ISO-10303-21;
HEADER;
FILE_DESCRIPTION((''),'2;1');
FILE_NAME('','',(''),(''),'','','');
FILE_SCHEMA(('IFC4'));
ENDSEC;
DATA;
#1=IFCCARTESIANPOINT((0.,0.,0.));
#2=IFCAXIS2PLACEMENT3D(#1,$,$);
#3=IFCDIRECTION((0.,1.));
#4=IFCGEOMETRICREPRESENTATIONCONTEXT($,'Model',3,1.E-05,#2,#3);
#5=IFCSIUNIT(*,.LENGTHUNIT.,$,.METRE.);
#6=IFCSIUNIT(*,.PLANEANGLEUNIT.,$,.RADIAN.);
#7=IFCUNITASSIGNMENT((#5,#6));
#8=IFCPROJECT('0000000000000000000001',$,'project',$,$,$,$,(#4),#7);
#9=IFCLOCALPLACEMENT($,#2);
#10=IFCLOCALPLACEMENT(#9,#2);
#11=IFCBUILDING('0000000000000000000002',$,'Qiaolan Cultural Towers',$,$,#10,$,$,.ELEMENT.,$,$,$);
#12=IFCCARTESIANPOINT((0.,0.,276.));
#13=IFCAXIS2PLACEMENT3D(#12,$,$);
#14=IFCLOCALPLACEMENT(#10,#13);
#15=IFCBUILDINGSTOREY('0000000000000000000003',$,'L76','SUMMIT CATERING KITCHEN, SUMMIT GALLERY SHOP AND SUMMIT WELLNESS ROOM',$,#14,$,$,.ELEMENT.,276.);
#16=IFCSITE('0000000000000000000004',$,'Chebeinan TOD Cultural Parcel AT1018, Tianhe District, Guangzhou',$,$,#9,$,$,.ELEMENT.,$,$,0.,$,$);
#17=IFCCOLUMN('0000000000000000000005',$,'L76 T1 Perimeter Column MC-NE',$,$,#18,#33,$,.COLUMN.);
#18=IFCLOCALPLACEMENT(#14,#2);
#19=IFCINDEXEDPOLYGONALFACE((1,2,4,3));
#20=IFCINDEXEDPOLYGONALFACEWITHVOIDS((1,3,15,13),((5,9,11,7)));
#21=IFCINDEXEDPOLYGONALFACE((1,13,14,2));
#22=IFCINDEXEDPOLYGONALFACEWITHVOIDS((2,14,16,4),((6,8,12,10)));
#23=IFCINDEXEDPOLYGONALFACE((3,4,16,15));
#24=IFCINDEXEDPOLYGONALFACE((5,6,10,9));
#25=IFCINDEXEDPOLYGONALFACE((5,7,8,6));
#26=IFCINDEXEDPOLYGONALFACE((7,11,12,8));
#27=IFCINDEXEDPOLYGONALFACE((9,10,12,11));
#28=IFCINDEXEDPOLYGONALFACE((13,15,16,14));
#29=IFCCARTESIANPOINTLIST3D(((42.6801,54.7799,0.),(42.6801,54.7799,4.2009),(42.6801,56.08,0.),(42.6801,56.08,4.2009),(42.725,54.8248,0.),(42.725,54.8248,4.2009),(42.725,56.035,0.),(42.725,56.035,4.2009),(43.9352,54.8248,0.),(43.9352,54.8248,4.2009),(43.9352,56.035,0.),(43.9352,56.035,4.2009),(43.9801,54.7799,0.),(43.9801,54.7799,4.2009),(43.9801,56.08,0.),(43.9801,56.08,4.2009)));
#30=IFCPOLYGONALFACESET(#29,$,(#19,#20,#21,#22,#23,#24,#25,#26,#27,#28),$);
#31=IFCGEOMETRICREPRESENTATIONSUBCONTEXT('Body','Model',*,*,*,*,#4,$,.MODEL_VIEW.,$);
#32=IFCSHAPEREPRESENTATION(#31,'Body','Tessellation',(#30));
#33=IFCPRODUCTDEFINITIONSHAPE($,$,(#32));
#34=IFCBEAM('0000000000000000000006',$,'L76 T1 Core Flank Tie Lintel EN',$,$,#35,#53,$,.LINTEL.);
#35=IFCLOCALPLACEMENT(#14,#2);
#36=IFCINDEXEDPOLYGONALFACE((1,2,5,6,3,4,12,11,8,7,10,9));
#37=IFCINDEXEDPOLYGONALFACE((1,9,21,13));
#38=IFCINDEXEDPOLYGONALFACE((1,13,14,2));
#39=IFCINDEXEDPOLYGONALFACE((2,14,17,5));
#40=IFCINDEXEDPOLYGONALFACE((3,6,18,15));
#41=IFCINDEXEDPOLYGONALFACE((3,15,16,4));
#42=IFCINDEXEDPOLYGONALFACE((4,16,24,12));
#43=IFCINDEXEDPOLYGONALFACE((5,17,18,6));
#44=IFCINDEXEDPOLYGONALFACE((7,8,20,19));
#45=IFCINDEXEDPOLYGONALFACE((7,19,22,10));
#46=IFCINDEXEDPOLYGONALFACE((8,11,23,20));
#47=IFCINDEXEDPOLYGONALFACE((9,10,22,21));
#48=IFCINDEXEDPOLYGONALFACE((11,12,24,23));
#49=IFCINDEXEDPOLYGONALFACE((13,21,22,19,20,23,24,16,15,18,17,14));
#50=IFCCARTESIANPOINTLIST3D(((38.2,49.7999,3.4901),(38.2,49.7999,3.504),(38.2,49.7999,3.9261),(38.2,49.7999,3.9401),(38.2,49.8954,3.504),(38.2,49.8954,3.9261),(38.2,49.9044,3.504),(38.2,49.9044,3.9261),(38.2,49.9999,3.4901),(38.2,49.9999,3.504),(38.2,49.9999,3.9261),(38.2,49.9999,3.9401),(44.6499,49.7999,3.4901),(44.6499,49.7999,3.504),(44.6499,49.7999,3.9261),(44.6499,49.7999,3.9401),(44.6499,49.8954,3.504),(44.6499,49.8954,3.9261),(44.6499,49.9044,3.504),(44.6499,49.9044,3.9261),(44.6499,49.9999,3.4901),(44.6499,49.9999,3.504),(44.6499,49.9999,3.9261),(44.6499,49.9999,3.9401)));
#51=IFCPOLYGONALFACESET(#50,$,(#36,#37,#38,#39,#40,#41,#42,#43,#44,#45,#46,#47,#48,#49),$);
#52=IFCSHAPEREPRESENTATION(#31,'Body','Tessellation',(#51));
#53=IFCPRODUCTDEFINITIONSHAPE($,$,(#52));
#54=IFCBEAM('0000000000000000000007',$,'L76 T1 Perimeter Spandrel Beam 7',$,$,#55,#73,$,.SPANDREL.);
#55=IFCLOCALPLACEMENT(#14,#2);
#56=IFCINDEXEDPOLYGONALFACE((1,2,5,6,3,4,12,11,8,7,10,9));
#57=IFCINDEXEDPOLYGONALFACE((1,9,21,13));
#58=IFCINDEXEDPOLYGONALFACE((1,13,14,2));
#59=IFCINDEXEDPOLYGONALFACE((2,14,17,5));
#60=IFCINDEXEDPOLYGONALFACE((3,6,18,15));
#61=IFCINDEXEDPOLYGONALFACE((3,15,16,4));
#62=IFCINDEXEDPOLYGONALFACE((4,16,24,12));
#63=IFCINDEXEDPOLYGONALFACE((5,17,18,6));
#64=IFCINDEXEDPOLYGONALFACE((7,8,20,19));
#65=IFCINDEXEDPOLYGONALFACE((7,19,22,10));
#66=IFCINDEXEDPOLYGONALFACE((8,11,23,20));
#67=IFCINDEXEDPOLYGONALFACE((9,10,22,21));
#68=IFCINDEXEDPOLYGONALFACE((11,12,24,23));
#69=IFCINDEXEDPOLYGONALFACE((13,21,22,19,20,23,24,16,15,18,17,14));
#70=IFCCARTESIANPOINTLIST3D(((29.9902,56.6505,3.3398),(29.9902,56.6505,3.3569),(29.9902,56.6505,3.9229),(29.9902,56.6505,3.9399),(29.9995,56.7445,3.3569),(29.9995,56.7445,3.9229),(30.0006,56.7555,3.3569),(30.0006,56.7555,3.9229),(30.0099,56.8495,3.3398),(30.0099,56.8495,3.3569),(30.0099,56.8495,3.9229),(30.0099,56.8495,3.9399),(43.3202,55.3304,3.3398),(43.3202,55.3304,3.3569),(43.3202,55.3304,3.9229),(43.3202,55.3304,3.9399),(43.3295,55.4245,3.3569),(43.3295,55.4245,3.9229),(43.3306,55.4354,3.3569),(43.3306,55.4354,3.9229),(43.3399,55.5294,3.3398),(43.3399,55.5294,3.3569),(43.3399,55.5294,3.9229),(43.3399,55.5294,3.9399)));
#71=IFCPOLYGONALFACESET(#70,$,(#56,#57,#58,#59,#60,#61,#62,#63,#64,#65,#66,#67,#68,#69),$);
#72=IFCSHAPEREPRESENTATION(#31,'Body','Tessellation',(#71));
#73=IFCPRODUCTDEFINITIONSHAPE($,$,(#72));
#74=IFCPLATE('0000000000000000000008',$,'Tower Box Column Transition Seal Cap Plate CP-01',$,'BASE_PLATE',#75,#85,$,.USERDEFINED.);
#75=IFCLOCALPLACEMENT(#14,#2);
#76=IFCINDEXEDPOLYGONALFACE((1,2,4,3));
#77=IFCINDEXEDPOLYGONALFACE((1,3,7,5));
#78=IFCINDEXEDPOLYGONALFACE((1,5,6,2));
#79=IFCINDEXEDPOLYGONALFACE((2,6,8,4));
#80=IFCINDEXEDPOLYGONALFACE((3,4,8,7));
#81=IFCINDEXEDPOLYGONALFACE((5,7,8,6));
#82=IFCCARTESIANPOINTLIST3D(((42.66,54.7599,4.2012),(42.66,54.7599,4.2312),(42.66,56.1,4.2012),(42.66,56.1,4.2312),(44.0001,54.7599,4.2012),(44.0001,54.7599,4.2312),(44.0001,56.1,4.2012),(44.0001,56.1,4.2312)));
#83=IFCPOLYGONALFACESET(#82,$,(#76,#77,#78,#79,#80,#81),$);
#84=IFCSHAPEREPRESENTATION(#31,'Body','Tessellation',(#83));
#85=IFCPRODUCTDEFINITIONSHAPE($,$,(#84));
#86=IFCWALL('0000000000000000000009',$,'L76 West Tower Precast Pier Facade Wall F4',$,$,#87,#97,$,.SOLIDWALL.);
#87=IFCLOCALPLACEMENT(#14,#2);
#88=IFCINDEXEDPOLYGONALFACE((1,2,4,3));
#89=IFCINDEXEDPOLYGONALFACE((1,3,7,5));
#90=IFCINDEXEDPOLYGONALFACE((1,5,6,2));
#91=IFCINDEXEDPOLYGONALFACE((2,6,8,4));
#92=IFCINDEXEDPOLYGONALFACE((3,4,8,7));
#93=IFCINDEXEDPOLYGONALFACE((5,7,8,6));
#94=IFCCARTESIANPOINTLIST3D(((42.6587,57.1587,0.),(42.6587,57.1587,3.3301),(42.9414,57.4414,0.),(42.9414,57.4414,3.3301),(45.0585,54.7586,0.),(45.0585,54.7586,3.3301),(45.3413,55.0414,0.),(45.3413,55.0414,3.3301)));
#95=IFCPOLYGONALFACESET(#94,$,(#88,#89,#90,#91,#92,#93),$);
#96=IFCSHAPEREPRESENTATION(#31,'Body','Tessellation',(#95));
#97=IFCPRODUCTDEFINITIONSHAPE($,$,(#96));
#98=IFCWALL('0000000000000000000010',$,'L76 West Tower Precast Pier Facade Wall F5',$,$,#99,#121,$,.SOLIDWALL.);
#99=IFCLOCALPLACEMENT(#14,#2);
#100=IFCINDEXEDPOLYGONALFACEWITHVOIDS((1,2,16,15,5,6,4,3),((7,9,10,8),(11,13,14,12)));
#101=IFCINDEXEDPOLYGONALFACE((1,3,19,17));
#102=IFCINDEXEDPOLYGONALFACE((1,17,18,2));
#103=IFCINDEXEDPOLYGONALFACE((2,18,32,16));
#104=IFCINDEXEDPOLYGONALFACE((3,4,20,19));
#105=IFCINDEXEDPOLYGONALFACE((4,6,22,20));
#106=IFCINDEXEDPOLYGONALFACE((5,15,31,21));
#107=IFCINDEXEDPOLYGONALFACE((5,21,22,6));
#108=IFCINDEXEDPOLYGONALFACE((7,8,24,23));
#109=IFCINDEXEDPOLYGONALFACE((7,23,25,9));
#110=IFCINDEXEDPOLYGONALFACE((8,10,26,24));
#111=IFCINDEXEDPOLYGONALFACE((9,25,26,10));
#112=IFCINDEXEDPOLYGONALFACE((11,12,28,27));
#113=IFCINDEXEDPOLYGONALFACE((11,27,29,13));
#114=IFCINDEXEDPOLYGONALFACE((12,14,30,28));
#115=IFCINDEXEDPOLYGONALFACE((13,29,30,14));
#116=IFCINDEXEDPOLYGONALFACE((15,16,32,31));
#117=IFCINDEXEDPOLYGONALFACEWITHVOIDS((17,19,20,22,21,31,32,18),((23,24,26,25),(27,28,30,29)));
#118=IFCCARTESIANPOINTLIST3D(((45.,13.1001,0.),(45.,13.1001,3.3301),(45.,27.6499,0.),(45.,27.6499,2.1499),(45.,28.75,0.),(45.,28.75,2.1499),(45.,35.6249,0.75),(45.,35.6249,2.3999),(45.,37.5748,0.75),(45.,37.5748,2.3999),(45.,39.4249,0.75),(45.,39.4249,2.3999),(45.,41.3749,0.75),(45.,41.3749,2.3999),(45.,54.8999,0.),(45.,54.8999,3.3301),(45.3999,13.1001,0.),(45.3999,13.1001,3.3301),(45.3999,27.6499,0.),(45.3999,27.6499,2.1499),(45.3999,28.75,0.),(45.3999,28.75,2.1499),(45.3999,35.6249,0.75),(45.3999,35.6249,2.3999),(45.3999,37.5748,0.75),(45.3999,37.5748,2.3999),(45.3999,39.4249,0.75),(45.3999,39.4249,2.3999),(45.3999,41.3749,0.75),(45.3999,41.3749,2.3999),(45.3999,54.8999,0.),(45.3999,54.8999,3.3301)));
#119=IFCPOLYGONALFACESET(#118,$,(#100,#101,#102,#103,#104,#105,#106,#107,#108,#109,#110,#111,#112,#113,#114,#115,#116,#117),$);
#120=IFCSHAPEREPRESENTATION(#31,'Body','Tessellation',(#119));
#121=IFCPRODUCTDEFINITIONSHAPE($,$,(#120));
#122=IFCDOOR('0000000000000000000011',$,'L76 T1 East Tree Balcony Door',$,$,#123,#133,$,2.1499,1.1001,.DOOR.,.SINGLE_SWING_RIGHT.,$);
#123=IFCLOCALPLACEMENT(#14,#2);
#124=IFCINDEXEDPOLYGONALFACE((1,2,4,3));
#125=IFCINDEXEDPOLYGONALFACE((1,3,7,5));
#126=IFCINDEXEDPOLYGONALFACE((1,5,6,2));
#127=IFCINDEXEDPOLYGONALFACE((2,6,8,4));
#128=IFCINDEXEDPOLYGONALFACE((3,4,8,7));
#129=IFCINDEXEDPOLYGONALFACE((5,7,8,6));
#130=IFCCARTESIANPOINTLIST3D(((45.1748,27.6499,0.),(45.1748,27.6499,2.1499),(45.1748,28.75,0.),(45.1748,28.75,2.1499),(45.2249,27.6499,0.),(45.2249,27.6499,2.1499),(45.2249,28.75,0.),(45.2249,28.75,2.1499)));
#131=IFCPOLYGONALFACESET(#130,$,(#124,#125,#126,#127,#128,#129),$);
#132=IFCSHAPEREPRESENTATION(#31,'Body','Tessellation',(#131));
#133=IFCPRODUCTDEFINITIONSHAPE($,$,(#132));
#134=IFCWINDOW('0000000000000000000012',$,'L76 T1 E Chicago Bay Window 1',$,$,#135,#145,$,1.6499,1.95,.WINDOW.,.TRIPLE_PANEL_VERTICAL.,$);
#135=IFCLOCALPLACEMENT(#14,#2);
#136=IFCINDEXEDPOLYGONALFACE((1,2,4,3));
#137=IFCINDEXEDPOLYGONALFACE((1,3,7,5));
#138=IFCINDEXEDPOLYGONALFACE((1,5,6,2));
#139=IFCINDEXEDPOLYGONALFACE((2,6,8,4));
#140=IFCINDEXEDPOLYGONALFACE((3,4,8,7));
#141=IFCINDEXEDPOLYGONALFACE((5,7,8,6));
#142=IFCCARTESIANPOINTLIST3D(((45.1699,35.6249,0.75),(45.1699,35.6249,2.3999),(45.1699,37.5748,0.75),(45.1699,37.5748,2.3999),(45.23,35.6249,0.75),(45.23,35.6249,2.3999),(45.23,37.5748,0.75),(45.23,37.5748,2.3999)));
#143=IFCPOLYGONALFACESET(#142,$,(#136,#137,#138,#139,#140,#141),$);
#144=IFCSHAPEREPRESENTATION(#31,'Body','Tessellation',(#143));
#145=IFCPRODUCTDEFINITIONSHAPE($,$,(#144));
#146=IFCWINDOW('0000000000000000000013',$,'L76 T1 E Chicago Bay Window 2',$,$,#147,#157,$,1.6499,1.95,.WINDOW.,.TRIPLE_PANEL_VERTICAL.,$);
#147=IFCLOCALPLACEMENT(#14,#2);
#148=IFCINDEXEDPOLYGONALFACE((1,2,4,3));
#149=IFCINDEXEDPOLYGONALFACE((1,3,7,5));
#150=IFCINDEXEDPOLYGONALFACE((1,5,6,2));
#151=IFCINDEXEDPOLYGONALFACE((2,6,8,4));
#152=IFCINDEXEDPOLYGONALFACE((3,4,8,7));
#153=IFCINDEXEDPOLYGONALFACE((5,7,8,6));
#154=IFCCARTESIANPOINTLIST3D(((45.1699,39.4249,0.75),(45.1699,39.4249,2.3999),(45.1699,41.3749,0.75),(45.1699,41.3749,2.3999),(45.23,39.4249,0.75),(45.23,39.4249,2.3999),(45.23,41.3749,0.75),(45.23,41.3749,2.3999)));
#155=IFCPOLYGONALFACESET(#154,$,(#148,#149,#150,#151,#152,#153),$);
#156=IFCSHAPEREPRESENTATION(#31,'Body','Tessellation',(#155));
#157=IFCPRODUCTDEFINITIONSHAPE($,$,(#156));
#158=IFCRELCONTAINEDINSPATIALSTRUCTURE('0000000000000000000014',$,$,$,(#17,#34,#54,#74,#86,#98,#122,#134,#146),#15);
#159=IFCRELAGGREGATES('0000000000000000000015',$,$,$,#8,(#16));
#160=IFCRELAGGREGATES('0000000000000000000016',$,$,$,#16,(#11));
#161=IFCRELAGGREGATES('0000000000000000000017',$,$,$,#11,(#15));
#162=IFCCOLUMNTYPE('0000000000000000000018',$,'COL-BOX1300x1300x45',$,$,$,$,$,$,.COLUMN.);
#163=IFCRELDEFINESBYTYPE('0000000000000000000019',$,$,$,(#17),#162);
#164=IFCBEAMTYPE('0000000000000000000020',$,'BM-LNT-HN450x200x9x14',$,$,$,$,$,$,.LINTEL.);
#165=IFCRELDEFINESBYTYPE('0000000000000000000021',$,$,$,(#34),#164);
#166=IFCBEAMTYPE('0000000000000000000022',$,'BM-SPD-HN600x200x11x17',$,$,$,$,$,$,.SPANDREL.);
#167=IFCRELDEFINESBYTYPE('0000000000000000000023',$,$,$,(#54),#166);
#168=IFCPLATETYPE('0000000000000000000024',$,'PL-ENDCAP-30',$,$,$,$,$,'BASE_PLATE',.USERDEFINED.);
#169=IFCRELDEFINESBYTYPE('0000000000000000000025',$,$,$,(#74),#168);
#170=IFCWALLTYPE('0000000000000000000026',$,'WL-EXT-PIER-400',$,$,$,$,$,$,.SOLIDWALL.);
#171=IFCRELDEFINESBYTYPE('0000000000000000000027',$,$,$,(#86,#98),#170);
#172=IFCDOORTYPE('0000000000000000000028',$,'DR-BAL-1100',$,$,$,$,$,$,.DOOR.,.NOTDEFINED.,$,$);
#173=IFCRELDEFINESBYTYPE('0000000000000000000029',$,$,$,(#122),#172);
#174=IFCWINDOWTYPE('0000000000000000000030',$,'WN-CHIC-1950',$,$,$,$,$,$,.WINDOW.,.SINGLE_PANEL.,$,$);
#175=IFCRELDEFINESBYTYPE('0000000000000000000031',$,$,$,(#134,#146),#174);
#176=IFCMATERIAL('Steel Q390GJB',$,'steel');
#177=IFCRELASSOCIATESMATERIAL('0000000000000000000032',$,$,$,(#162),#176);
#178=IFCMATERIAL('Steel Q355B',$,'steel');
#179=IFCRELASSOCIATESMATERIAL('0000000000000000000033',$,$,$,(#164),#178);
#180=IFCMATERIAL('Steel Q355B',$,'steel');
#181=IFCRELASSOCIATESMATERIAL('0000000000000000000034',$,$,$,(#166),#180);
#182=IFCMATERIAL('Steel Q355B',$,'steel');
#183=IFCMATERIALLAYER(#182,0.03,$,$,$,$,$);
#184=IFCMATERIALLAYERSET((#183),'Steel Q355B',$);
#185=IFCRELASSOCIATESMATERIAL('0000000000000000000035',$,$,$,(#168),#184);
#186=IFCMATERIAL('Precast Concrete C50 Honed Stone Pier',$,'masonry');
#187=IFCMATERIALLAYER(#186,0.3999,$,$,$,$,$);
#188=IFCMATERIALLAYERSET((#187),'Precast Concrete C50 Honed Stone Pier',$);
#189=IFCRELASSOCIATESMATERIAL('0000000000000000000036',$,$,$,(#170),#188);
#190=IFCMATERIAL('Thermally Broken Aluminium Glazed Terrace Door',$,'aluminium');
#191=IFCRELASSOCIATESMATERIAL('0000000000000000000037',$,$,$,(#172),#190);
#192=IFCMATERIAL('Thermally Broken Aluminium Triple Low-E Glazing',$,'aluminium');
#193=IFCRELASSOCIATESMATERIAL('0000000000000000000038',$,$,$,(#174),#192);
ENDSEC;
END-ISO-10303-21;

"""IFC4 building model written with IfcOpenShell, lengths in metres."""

from ifc_helpers import new_model, si_unit, direction, frame, frame_2d, origin, origin_2d, place, context, subcontext, project, spatial, rectangle, hollow_rectangle, i_section, extrude, material, layer, layer_set, material_profile, profile_set, type_object, element, fill, save


model = new_model("IFC4")

# Units and contexts
model_context = context("Model", 3, precision=1e-05, world=origin(), true_north=direction((0.0, 1.0)))
body_context = subcontext(model_context, "Body", "Model", "MODEL_VIEW")
ifc_project = project(units=[si_unit("LENGTHUNIT", "METRE"), si_unit("PLANEANGLEUNIT", "RADIAN")], contexts=[model_context])

# Site, building, storey
site_placement = place(None, origin())
site = spatial("IfcSite", under=ifc_project, at=site_placement, Name="Chebeinan TOD Cultural Parcel AT1018, Tianhe District, Guangzhou", CompositionType="ELEMENT", RefElevation=0.0)
building_placement = place(site_placement, origin())
building = spatial("IfcBuilding", under=site, at=building_placement, Name="Qiaolan Cultural Towers", CompositionType="ELEMENT")
storey_placement = place(building_placement, frame((0.0, 0.0, 276.0)))
storey = spatial("IfcBuildingStorey", under=building, at=storey_placement, Name="L76", Description="SUMMIT CATERING KITCHEN, SUMMIT GALLERY SHOP AND SUMMIT WELLNESS ROOM", CompositionType="ELEMENT", Elevation=276.0)

# Column
ifc_material_1 = material(Name="Steel Q390GJB", Category="steel")
ifc_material_profile_1 = material_profile(ifc_material_1, hollow_rectangle(XDim=1.3, YDim=1.3, WallThickness=0.0449, at=origin_2d()), Name="BOX1300x1300x45")
ifc_profile_set_1 = profile_set([ifc_material_profile_1], Name="Steel Q390GJB")
column_type = type_object("IfcColumnType", Name="COL-BOX1300x1300x45", PredefinedType="COLUMN", material=ifc_profile_set_1)
column_placement = place(storey_placement, frame((43.3301, 55.4299, 0.0), z_axis=(0.0, 0.0, 1.0), x_axis=(1.0, 0.0, 0.0)))
element("IfcColumn", 1, at=column_placement, inside=storey, type_object=column_type, Name="L76 T1 Perimeter Column MC-NE", PredefinedType="COLUMN", context=body_context, shape_type="SweptSolid", body=[
    extrude(hollow_rectangle(XDim=1.3, YDim=1.3, WallThickness=0.0449, at=origin_2d()), origin(), (0.0, 0.0, 1.0), 4.2009),
])

# Beams
ifc_material_2 = material(Name="Steel Q355B", Category="steel")
ifc_material_profile_2 = material_profile(ifc_material_2, i_section(OverallWidth=0.2, OverallDepth=0.45, WebThickness=0.009, FlangeThickness=0.0139, at=origin_2d()), Name="HN450x200x9x14")
ifc_profile_set_2 = profile_set([ifc_material_profile_2], Name="Steel Q355B")
beam_type_1 = type_object("IfcBeamType", Name="BM-LNT-HN450x200x9x14", PredefinedType="LINTEL", material=ifc_profile_set_2)
beam_1_placement = place(storey_placement, frame((38.2, 49.8999, 3.7151), z_axis=(1.0, 0.0, 0.0), x_axis=(0.0, 1.0, 0.0)))
element("IfcBeam", 2, at=beam_1_placement, inside=storey, type_object=beam_type_1, Name="L76 T1 Core Flank Tie Lintel EN", PredefinedType="LINTEL", context=body_context, shape_type="SweptSolid", body=[
    extrude(i_section(OverallWidth=0.2, OverallDepth=0.45, WebThickness=0.009, FlangeThickness=0.0139, at=origin_2d()), origin(), (0.0, 0.0, 1.0), 6.45),
])
ifc_material_3 = material(Name="Steel Q355B", Category="steel")
ifc_material_profile_3 = material_profile(ifc_material_3, i_section(OverallWidth=0.2, OverallDepth=0.6001, WebThickness=0.011, FlangeThickness=0.0171, at=origin_2d()), Name="HN600x200x11x17")
ifc_profile_set_3 = profile_set([ifc_material_profile_3], Name="Steel Q355B")
beam_type_2 = type_object("IfcBeamType", Name="BM-SPD-HN600x200x11x17", PredefinedType="SPANDREL", material=ifc_profile_set_3)
beam_2_placement = place(storey_placement, frame((43.3301, 55.4299, 3.6399), z_axis=(-0.995132, 0.098547, 0.0), x_axis=(-0.098547, -0.995132, 0.0)))
element("IfcBeam", 3, at=beam_2_placement, inside=storey, type_object=beam_type_2, Name="L76 T1 Perimeter Spandrel Beam 7", PredefinedType="SPANDREL", context=body_context, shape_type="SweptSolid", body=[
    extrude(i_section(OverallWidth=0.2, OverallDepth=0.6001, WebThickness=0.011, FlangeThickness=0.0171, at=origin_2d()), origin(), (0.0, 0.0, 1.0), 13.3953),
])

# Plate
ifc_material_4 = material(Name="Steel Q355B", Category="steel")
ifc_layer_1 = layer(ifc_material_4, 0.03)
ifc_layer_set_1 = layer_set([ifc_layer_1], Name="Steel Q355B")
plate_type = type_object("IfcPlateType", Name="PL-ENDCAP-30", ElementType="BASE_PLATE", PredefinedType="USERDEFINED", material=ifc_layer_set_1)
plate_placement = place(storey_placement, frame((43.3301, 55.4299, 4.2012), z_axis=(0.0, 0.0, 1.0), x_axis=(1.0, 0.0, 0.0)))
element("IfcPlate", 4, at=plate_placement, inside=storey, type_object=plate_type, Name="Tower Box Column Transition Seal Cap Plate CP-01", ObjectType="BASE_PLATE", PredefinedType="USERDEFINED", context=body_context, shape_type="SweptSolid", body=[
    extrude(rectangle(XDim=1.3401, YDim=1.3401, at=origin_2d()), origin(), (0.0, 0.0, 1.0), 0.03),
])

# Wall
ifc_material_5 = material(Name="Precast Concrete C50 Honed Stone Pier", Category="masonry")
ifc_layer_2 = layer(ifc_material_5, 0.3999)
ifc_layer_set_2 = layer_set([ifc_layer_2], Name="Precast Concrete C50 Honed Stone Pier")
wall_type_1 = type_object("IfcWallType", Name="WL-EXT-PIER-400", PredefinedType="SOLIDWALL", material=ifc_layer_set_2)
wall_1_placement = place(storey_placement, frame((42.8, 57.3, 0.0), z_axis=(0.0, 0.0, 1.0), x_axis=(0.707071, -0.707143, 0.0)))
element("IfcWall", 5, at=wall_1_placement, inside=storey, type_object=wall_type_1, Name="L76 West Tower Precast Pier Facade Wall F4", PredefinedType="SOLIDWALL", context=body_context, shape_type="SweptSolid", body=[
    extrude(rectangle(XDim=3.394, YDim=0.3999, at=frame_2d((1.697, 0.0))), origin(), (0.0, 0.0, 1.0), 3.3301),
])

# Wall, openings, door, windows
wall_2_placement = place(storey_placement, frame((45.2, 54.8999, 0.0), z_axis=(0.0, 0.0, 1.0), x_axis=(0.0, -1.0, 0.0)))
wall_2 = element("IfcWall", 6, at=wall_2_placement, inside=storey, type_object=wall_type_1, Name="L76 West Tower Precast Pier Facade Wall F5", PredefinedType="SOLIDWALL", context=body_context, shape_type="SweptSolid", body=[
    extrude(rectangle(XDim=41.7998, YDim=0.3999, at=frame_2d((20.8999, 0.0))), origin(), (0.0, 0.0, 1.0), 3.3301),
])
opening_1_placement = place(wall_2_placement, frame((17.325, 0.0, 0.75)))
opening_1 = element("IfcOpeningElement", 7, at=opening_1_placement, cuts=wall_2, PredefinedType="OPENING", context=body_context, shape_type="SweptSolid", body=[
    extrude(rectangle(XDim=1.95, YDim=1.6499, at=frame_2d((0.9751, 0.825))), frame((0.0, 0.21, 0.0), z_axis=(0.0, -1.0, 0.0), x_axis=(1.0, 0.0, 0.0)), (0.0, 0.0, 1.0), 0.4199),
])
opening_2_placement = place(wall_2_placement, frame((13.5249, 0.0, 0.75)))
opening_2 = element("IfcOpeningElement", 8, at=opening_2_placement, cuts=wall_2, PredefinedType="OPENING", context=body_context, shape_type="SweptSolid", body=[
    extrude(rectangle(XDim=1.95, YDim=1.6499, at=frame_2d((0.9751, 0.825))), frame((0.0, 0.21, 0.0), z_axis=(0.0, -1.0, 0.0), x_axis=(1.0, 0.0, 0.0)), (0.0, 0.0, 1.0), 0.4199),
])
opening_3_placement = place(wall_2_placement, frame((26.1499, 0.0, 0.0)))
opening_3 = element("IfcOpeningElement", 9, at=opening_3_placement, cuts=wall_2, PredefinedType="OPENING", context=body_context, shape_type="SweptSolid", body=[
    extrude(rectangle(XDim=1.1001, YDim=2.1499, at=frame_2d((0.55, 1.075))), frame((0.0, 0.21, 0.0), z_axis=(0.0, -1.0, 0.0), x_axis=(1.0, 0.0, 0.0)), (0.0, 0.0, 1.0), 0.4199),
])
ifc_material_6 = material(Name="Thermally Broken Aluminium Glazed Terrace Door", Category="aluminium")
door_type_1 = type_object("IfcDoorType", Name="DR-BAL-1100", OperationType="NOTDEFINED", PredefinedType="DOOR", material=ifc_material_6)
door_1_placement = place(opening_3_placement, origin())
door_1 = element("IfcDoor", 10, at=door_1_placement, inside=storey, type_object=door_type_1, Name="L76 T1 East Tree Balcony Door", OperationType="SINGLE_SWING_RIGHT", OverallHeight=2.1499, OverallWidth=1.1001, PredefinedType="DOOR", context=body_context, shape_type="SweptSolid", body=[
    extrude(rectangle(XDim=1.1001, YDim=2.1499, at=frame_2d((0.55, 1.075))), frame((0.0, 0.0249, 0.0), z_axis=(0.0, -1.0, 0.0), x_axis=(1.0, 0.0, 0.0)), (0.0, 0.0, 1.0), 0.05),
])
fill(opening_3, door_1)
ifc_material_7 = material(Name="Thermally Broken Aluminium Triple Low-E Glazing", Category="aluminium")
window_type = type_object("IfcWindowType", Name="WN-CHIC-1950", PartitioningType="SINGLE_PANEL", PredefinedType="WINDOW", material=ifc_material_7)
window_1_placement = place(opening_1_placement, origin())
window_1 = element("IfcWindow", 11, at=window_1_placement, inside=storey, type_object=window_type, Name="L76 T1 E Chicago Bay Window 1", OverallHeight=1.6499, OverallWidth=1.95, PartitioningType="TRIPLE_PANEL_VERTICAL", PredefinedType="WINDOW", context=body_context, shape_type="SweptSolid", body=[
    extrude(rectangle(XDim=1.95, YDim=1.6499, at=frame_2d((0.9751, 0.825))), frame((0.0, 0.03, 0.0), z_axis=(0.0, -1.0, 0.0), x_axis=(1.0, 0.0, 0.0)), (0.0, 0.0, 1.0), 0.0601),
])
fill(opening_1, window_1)
window_2_placement = place(opening_2_placement, origin())
window_2 = element("IfcWindow", 12, at=window_2_placement, inside=storey, type_object=window_type, Name="L76 T1 E Chicago Bay Window 2", OverallHeight=1.6499, OverallWidth=1.95, PartitioningType="TRIPLE_PANEL_VERTICAL", PredefinedType="WINDOW", context=body_context, shape_type="SweptSolid", body=[
    extrude(rectangle(XDim=1.95, YDim=1.6499, at=frame_2d((0.9751, 0.825))), frame((0.0, 0.03, 0.0), z_axis=(0.0, -1.0, 0.0), x_axis=(1.0, 0.0, 0.0)), (0.0, 0.0, 1.0), 0.0601),
])
fill(opening_2, window_2)

save(model, "model.ifc")
